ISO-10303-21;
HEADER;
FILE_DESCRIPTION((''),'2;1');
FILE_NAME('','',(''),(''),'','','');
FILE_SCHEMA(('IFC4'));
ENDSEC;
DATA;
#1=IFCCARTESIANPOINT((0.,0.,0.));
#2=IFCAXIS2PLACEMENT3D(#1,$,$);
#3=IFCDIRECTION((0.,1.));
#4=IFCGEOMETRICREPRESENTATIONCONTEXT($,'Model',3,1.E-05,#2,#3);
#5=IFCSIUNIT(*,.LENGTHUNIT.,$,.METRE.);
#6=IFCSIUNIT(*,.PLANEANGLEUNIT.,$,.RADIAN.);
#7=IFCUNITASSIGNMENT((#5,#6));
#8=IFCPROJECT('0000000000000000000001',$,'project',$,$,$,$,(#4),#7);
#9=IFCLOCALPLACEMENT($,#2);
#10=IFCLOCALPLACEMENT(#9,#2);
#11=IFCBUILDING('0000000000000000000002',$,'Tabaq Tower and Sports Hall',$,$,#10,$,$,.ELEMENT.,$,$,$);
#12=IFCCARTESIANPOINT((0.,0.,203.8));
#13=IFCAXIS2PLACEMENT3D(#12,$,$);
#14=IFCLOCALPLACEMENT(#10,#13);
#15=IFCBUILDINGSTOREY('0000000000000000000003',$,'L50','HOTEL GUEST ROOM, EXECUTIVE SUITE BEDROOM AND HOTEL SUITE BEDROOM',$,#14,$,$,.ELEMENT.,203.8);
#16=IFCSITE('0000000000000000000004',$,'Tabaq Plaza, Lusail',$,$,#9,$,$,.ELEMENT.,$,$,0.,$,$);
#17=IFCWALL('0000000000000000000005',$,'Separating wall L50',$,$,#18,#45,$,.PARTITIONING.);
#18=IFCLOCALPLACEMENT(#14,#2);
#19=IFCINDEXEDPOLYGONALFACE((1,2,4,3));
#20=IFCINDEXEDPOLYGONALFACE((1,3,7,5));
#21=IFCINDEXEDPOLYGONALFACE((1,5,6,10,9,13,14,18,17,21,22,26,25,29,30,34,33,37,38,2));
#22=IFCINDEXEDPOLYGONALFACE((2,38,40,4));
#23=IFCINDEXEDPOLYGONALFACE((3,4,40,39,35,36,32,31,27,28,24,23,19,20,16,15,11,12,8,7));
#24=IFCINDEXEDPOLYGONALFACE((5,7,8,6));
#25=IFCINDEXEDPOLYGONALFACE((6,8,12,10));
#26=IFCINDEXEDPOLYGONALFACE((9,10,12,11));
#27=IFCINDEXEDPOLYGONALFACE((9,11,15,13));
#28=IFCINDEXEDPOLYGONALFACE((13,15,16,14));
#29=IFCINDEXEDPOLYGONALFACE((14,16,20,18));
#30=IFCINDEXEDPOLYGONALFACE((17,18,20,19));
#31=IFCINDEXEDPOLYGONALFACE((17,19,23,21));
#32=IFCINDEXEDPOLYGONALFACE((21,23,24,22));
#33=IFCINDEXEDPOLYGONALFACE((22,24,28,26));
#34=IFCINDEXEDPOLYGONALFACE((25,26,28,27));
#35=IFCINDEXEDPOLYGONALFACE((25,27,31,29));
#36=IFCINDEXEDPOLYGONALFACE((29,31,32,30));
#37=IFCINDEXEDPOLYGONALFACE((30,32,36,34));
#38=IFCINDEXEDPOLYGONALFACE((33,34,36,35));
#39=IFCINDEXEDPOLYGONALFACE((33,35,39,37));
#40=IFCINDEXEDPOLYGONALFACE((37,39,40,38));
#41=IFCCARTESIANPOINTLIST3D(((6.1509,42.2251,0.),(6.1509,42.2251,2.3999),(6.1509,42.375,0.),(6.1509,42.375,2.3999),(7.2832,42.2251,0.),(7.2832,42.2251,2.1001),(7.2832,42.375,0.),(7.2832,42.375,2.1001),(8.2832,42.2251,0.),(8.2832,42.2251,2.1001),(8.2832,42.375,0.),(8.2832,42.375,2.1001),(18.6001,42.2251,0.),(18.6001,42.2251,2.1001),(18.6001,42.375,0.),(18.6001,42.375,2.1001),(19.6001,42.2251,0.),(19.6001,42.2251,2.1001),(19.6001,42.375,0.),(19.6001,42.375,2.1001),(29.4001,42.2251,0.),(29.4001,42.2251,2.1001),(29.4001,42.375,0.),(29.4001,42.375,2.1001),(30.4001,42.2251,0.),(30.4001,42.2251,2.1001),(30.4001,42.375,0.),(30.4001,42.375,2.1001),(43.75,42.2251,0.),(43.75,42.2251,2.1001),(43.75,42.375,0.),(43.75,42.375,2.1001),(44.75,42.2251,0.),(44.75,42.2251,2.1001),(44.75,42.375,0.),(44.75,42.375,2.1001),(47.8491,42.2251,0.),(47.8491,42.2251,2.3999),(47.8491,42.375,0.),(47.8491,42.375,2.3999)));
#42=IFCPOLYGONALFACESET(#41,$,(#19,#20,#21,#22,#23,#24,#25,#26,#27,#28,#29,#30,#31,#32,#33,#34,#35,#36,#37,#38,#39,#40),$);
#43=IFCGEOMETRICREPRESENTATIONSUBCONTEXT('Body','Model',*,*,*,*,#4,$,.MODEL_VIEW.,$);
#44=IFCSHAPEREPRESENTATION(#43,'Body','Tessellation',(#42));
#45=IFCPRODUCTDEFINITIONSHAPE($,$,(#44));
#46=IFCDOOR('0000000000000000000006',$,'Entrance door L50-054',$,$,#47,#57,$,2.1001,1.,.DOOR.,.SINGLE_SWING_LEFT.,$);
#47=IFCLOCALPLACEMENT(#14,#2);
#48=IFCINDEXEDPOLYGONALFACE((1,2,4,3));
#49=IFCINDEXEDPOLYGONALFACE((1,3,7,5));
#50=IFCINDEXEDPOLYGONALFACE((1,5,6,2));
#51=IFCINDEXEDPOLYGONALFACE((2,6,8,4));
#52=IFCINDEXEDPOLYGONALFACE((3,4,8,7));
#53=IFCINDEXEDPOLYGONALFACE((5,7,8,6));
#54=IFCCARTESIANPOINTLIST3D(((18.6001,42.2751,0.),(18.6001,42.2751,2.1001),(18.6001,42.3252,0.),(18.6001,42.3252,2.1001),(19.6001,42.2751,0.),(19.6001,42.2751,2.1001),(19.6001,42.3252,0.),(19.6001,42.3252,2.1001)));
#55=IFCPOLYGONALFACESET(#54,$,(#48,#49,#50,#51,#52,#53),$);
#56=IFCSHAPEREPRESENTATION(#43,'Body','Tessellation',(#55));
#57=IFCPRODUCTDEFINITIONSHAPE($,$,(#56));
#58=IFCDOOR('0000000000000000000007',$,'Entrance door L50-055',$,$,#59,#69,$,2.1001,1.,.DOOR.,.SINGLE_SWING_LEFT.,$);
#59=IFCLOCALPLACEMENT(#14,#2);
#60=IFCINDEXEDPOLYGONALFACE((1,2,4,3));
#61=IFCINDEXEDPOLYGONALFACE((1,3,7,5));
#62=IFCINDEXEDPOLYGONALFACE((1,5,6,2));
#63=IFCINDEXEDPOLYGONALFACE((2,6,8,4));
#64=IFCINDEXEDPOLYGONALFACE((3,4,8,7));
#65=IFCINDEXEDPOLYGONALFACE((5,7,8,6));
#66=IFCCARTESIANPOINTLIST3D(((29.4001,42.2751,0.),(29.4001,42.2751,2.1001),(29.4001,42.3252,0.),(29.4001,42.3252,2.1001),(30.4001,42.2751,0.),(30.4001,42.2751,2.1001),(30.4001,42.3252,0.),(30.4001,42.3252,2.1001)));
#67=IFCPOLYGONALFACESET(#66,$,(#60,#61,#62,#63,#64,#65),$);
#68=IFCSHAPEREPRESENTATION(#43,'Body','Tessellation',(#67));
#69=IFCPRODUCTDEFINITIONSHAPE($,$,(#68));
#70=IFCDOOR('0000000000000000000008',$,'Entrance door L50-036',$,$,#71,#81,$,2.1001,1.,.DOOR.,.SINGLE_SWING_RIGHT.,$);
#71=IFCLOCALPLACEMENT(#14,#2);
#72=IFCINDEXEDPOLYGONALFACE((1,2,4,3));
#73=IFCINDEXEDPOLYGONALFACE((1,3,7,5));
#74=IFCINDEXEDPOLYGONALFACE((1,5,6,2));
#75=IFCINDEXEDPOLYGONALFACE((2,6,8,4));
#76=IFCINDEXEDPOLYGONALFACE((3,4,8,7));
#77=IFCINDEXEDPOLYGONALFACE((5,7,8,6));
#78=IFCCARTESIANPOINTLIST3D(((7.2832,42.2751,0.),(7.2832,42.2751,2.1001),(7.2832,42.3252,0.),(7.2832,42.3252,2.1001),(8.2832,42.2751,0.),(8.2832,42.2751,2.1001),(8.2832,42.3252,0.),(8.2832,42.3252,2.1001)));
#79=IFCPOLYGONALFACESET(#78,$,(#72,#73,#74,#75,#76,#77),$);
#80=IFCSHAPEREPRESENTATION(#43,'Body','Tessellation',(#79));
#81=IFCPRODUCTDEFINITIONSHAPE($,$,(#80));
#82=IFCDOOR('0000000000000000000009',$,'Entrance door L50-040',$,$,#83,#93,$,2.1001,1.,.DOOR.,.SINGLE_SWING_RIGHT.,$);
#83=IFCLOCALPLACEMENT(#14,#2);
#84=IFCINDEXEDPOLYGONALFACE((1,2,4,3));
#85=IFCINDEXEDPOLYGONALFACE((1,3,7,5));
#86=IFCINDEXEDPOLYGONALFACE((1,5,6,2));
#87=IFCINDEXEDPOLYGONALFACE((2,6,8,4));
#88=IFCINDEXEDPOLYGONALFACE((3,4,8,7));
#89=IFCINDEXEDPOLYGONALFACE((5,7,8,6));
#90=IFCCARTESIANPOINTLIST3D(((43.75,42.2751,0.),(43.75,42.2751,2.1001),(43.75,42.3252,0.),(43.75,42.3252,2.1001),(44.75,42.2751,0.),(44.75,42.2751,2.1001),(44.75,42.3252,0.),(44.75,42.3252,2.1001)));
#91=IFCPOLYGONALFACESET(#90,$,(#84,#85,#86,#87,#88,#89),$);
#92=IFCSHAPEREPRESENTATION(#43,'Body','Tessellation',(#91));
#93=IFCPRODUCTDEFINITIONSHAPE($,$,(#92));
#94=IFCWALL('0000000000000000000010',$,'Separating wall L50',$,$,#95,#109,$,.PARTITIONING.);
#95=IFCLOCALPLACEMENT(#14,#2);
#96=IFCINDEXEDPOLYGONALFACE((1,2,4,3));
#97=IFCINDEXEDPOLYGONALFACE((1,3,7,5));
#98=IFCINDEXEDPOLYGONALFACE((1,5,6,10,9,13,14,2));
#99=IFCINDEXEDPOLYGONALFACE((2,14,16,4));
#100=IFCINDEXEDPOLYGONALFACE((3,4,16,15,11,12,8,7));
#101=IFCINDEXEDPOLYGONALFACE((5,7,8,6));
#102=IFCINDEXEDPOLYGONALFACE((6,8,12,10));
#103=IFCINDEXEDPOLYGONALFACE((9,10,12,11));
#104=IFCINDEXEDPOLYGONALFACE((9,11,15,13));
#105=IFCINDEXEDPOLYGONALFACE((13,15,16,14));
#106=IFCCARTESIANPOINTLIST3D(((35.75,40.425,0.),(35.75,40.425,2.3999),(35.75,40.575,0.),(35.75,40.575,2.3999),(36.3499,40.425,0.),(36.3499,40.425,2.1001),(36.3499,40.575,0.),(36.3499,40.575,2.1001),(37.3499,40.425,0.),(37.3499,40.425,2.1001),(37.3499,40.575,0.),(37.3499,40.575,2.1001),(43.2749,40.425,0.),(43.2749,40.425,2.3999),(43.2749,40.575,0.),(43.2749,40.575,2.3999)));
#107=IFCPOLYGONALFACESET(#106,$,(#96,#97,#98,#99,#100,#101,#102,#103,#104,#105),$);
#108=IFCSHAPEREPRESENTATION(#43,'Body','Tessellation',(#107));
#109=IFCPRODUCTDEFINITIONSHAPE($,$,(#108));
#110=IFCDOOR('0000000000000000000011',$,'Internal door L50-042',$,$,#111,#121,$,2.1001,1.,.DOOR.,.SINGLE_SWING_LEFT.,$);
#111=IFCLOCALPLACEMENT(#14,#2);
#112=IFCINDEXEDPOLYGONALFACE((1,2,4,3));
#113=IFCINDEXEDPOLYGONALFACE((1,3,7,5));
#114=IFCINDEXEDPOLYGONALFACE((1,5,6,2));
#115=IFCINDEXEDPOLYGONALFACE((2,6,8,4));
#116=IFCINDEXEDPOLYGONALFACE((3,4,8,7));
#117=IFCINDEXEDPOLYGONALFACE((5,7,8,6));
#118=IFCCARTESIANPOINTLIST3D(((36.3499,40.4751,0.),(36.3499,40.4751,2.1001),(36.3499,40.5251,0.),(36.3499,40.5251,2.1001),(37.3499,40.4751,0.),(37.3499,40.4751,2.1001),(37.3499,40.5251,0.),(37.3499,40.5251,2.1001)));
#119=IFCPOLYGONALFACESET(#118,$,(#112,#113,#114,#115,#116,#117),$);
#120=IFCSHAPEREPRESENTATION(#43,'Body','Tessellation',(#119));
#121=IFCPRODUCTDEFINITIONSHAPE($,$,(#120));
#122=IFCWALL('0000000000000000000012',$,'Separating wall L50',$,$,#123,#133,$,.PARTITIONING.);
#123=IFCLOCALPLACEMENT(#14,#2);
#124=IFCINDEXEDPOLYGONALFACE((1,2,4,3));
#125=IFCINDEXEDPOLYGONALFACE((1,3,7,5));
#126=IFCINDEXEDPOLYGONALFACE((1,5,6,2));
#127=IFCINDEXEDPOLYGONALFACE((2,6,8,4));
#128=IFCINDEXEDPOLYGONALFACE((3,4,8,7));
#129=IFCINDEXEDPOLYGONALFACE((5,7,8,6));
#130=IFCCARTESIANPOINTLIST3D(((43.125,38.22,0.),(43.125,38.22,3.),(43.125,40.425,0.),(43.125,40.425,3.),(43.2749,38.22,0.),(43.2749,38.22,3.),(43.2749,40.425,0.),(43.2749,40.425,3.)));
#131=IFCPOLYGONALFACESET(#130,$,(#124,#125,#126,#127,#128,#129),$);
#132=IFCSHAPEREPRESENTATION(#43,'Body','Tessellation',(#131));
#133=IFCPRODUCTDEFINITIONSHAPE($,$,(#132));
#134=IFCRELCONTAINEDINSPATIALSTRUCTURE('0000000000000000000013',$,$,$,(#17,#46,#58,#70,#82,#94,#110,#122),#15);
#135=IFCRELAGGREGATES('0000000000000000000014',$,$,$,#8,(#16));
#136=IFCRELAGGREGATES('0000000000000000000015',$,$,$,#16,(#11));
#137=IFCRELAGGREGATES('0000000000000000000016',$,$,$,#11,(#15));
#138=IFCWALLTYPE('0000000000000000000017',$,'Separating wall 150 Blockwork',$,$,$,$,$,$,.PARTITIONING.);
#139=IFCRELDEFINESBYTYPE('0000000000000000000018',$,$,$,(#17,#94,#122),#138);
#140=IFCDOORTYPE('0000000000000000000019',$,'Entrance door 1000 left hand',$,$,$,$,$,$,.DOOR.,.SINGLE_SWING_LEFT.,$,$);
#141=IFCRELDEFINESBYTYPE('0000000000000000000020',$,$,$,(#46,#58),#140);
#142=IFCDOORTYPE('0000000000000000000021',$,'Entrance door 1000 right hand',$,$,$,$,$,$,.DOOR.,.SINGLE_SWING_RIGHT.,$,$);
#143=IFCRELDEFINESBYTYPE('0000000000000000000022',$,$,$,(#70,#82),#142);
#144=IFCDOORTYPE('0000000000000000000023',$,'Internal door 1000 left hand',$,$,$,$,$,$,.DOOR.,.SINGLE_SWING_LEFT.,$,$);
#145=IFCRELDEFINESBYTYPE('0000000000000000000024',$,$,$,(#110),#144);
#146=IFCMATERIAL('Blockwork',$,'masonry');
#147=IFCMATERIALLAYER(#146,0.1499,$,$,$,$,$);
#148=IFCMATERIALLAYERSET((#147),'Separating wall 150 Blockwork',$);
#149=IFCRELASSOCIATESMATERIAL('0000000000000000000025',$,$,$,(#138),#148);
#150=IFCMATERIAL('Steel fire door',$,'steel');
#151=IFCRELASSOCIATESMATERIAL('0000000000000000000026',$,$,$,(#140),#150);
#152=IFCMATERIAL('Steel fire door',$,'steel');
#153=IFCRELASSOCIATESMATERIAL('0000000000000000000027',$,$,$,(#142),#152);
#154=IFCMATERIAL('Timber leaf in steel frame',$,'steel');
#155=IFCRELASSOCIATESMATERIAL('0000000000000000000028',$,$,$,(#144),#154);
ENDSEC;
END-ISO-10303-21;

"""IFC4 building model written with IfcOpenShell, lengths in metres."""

from ifc_helpers import new_model, si_unit, direction, frame, frame_2d, origin, place, context, subcontext, project, spatial, rectangle, extrude, material, layer, layer_set, type_object, element, fill, save


model = new_model("IFC4")

# Units and contexts
model_context = context("Model", 3, precision=1e-05, world=origin(), true_north=direction((0.0, 1.0)))
body_context = subcontext(model_context, "Body", "Model", "MODEL_VIEW")
ifc_project = project(units=[si_unit("LENGTHUNIT", "METRE"), si_unit("PLANEANGLEUNIT", "RADIAN")], contexts=[model_context])

# Site, building, storey
site_placement = place(None, origin())
site = spatial("IfcSite", under=ifc_project, at=site_placement, Name="Tabaq Plaza, Lusail", CompositionType="ELEMENT", RefElevation=0.0)
building_placement = place(site_placement, origin())
building = spatial("IfcBuilding", under=site, at=building_placement, Name="Tabaq Tower and Sports Hall", CompositionType="ELEMENT")
storey_placement = place(building_placement, frame((0.0, 0.0, 203.8)))
storey = spatial("IfcBuildingStorey", under=building, at=storey_placement, Name="L50", Description="HOTEL GUEST ROOM, EXECUTIVE SUITE BEDROOM AND HOTEL SUITE BEDROOM", CompositionType="ELEMENT", Elevation=203.8)

# Wall, openings, doors
ifc_material_1 = material(Name="Blockwork", Category="masonry")
ifc_layer_1 = layer(ifc_material_1, 0.1499)
ifc_layer_set_1 = layer_set([ifc_layer_1], Name="Separating wall 150 Blockwork")
wall_type_1 = type_object("IfcWallType", Name="Separating wall 150 Blockwork", PredefinedType="PARTITIONING", material=ifc_layer_set_1)
wall_1_placement = place(storey_placement, frame((47.8491, 42.3, 0.0), z_axis=(0.0, 0.0, 1.0), x_axis=(-1.0, 0.0, 0.0)))
wall_1 = element("IfcWall", 1, at=wall_1_placement, inside=storey, type_object=wall_type_1, Name="Separating wall L50", PredefinedType="PARTITIONING", context=body_context, shape_type="SweptSolid", body=[
    extrude(rectangle(XDim=41.6982, YDim=0.1499, at=frame_2d((20.8491, 0.0))), origin(), (0.0, 0.0, 1.0), 2.3999),
])
opening_1_placement = place(wall_1_placement, frame((39.5659, 0.0, 0.0)))
opening_1 = element("IfcOpeningElement", 2, at=opening_1_placement, cuts=wall_1, PredefinedType="OPENING", context=body_context, shape_type="SweptSolid", body=[
    extrude(rectangle(XDim=1.0, YDim=2.1001, at=frame_2d((0.5, 1.05))), frame((0.0, 0.075, 0.0), z_axis=(0.0, -1.0, 0.0), x_axis=(1.0, 0.0, 0.0)), (0.0, 0.0, 1.0), 0.1499),
])
opening_2_placement = place(wall_1_placement, frame((3.0991, 0.0, 0.0)))
opening_2 = element("IfcOpeningElement", 3, at=opening_2_placement, cuts=wall_1, PredefinedType="OPENING", context=body_context, shape_type="SweptSolid", body=[
    extrude(rectangle(XDim=1.0, YDim=2.1001, at=frame_2d((0.5, 1.05))), frame((0.0, 0.075, 0.0), z_axis=(0.0, -1.0, 0.0), x_axis=(1.0, 0.0, 0.0)), (0.0, 0.0, 1.0), 0.1499),
])
opening_3_placement = place(wall_1_placement, frame((28.249, 0.0, 0.0)))
opening_3 = element("IfcOpeningElement", 4, at=opening_3_placement, cuts=wall_1, PredefinedType="OPENING", context=body_context, shape_type="SweptSolid", body=[
    extrude(rectangle(XDim=1.0, YDim=2.1001, at=frame_2d((0.5, 1.05))), frame((0.0, 0.075, 0.0), z_axis=(0.0, -1.0, 0.0), x_axis=(1.0, 0.0, 0.0)), (0.0, 0.0, 1.0), 0.1499),
])
opening_4_placement = place(wall_1_placement, frame((17.449, 0.0, 0.0)))
opening_4 = element("IfcOpeningElement", 5, at=opening_4_placement, cuts=wall_1, PredefinedType="OPENING", context=body_context, shape_type="SweptSolid", body=[
    extrude(rectangle(XDim=1.0, YDim=2.1001, at=frame_2d((0.5, 1.05))), frame((0.0, 0.075, 0.0), z_axis=(0.0, -1.0, 0.0), x_axis=(1.0, 0.0, 0.0)), (0.0, 0.0, 1.0), 0.1499),
])
ifc_material_2 = material(Name="Steel fire door", Category="steel")
door_type_1 = type_object("IfcDoorType", Name="Entrance door 1000 left hand", OperationType="SINGLE_SWING_LEFT", PredefinedType="DOOR", material=ifc_material_2)
door_1_placement = place(opening_3_placement, origin())
door_1 = element("IfcDoor", 6, at=door_1_placement, inside=storey, type_object=door_type_1, Name="Entrance door L50-054", OperationType="SINGLE_SWING_LEFT", OverallHeight=2.1001, OverallWidth=1.0, PredefinedType="DOOR", context=body_context, shape_type="SweptSolid", body=[
    extrude(rectangle(XDim=1.0, YDim=2.1001, at=frame_2d((0.5, 1.05))), frame((0.0, 0.0249, 0.0), z_axis=(0.0, -1.0, 0.0), x_axis=(1.0, 0.0, 0.0)), (0.0, 0.0, 1.0), 0.05),
])
fill(opening_3, door_1)
door_2_placement = place(opening_4_placement, origin())
door_2 = element("IfcDoor", 7, at=door_2_placement, inside=storey, type_object=door_type_1, Name="Entrance door L50-055", OperationType="SINGLE_SWING_LEFT", OverallHeight=2.1001, OverallWidth=1.0, PredefinedType="DOOR", context=body_context, shape_type="SweptSolid", body=[
    extrude(rectangle(XDim=1.0, YDim=2.1001, at=frame_2d((0.5, 1.05))), frame((0.0, 0.0249, 0.0), z_axis=(0.0, -1.0, 0.0), x_axis=(1.0, 0.0, 0.0)), (0.0, 0.0, 1.0), 0.05),
])
fill(opening_4, door_2)
ifc_material_3 = material(Name="Steel fire door", Category="steel")
door_type_2 = type_object("IfcDoorType", Name="Entrance door 1000 right hand", OperationType="SINGLE_SWING_RIGHT", PredefinedType="DOOR", material=ifc_material_3)
door_3_placement = place(opening_1_placement, origin())
door_3 = element("IfcDoor", 8, at=door_3_placement, inside=storey, type_object=door_type_2, Name="Entrance door L50-036", OperationType="SINGLE_SWING_RIGHT", OverallHeight=2.1001, OverallWidth=1.0, PredefinedType="DOOR", context=body_context, shape_type="SweptSolid", body=[
    extrude(rectangle(XDim=1.0, YDim=2.1001, at=frame_2d((0.5, 1.05))), frame((0.0, 0.0249, 0.0), z_axis=(0.0, -1.0, 0.0), x_axis=(1.0, 0.0, 0.0)), (0.0, 0.0, 1.0), 0.05),
])
fill(opening_1, door_3)
door_4_placement = place(opening_2_placement, origin())
door_4 = element("IfcDoor", 9, at=door_4_placement, inside=storey, type_object=door_type_2, Name="Entrance door L50-040", OperationType="SINGLE_SWING_RIGHT", OverallHeight=2.1001, OverallWidth=1.0, PredefinedType="DOOR", context=body_context, shape_type="SweptSolid", body=[
    extrude(rectangle(XDim=1.0, YDim=2.1001, at=frame_2d((0.5, 1.05))), frame((0.0, 0.0249, 0.0), z_axis=(0.0, -1.0, 0.0), x_axis=(1.0, 0.0, 0.0)), (0.0, 0.0, 1.0), 0.05),
])
fill(opening_2, door_4)

# Wall, opening, door
wall_2_placement = place(storey_placement, frame((43.2749, 40.5, 0.0), z_axis=(0.0, 0.0, 1.0), x_axis=(-1.0, 0.0, 0.0)))
wall_2 = element("IfcWall", 10, at=wall_2_placement, inside=storey, type_object=wall_type_1, Name="Separating wall L50", PredefinedType="PARTITIONING", context=body_context, shape_type="SweptSolid", body=[
    extrude(rectangle(XDim=7.5249, YDim=0.1499, at=frame_2d((3.7625, 0.0))), origin(), (0.0, 0.0, 1.0), 2.3999),
])
opening_5_placement = place(wall_2_placement, frame((5.925, 0.0, 0.0)))
opening_5 = element("IfcOpeningElement", 11, at=opening_5_placement, cuts=wall_2, PredefinedType="OPENING", context=body_context, shape_type="SweptSolid", body=[
    extrude(rectangle(XDim=1.0, YDim=2.1001, at=frame_2d((0.5, 1.05))), frame((0.0, 0.075, 0.0), z_axis=(0.0, -1.0, 0.0), x_axis=(1.0, 0.0, 0.0)), (0.0, 0.0, 1.0), 0.1499),
])
ifc_material_4 = material(Name="Timber leaf in steel frame", Category="steel")
door_type_3 = type_object("IfcDoorType", Name="Internal door 1000 left hand", OperationType="SINGLE_SWING_LEFT", PredefinedType="DOOR", material=ifc_material_4)
door_5_placement = place(opening_5_placement, origin())
door_5 = element("IfcDoor", 12, at=door_5_placement, inside=storey, type_object=door_type_3, Name="Internal door L50-042", OperationType="SINGLE_SWING_LEFT", OverallHeight=2.1001, OverallWidth=1.0, PredefinedType="DOOR", context=body_context, shape_type="SweptSolid", body=[
    extrude(rectangle(XDim=1.0, YDim=2.1001, at=frame_2d((0.5, 1.05))), frame((0.0, 0.0249, 0.0), z_axis=(0.0, -1.0, 0.0), x_axis=(1.0, 0.0, 0.0)), (0.0, 0.0, 1.0), 0.05),
])
fill(opening_5, door_5)

# Wall
wall_3_placement = place(storey_placement, frame((43.2, 40.425, 0.0), z_axis=(0.0, 0.0, 1.0), x_axis=(0.0, -1.0, 0.0)))
element("IfcWall", 13, at=wall_3_placement, inside=storey, type_object=wall_type_1, Name="Separating wall L50", PredefinedType="PARTITIONING", context=body_context, shape_type="SweptSolid", body=[
    extrude(rectangle(XDim=2.2051, YDim=0.1499, at=frame_2d((1.1025, 0.0))), origin(), (0.0, 0.0, 1.0), 3.0),
])

save(model, "model.ifc")
